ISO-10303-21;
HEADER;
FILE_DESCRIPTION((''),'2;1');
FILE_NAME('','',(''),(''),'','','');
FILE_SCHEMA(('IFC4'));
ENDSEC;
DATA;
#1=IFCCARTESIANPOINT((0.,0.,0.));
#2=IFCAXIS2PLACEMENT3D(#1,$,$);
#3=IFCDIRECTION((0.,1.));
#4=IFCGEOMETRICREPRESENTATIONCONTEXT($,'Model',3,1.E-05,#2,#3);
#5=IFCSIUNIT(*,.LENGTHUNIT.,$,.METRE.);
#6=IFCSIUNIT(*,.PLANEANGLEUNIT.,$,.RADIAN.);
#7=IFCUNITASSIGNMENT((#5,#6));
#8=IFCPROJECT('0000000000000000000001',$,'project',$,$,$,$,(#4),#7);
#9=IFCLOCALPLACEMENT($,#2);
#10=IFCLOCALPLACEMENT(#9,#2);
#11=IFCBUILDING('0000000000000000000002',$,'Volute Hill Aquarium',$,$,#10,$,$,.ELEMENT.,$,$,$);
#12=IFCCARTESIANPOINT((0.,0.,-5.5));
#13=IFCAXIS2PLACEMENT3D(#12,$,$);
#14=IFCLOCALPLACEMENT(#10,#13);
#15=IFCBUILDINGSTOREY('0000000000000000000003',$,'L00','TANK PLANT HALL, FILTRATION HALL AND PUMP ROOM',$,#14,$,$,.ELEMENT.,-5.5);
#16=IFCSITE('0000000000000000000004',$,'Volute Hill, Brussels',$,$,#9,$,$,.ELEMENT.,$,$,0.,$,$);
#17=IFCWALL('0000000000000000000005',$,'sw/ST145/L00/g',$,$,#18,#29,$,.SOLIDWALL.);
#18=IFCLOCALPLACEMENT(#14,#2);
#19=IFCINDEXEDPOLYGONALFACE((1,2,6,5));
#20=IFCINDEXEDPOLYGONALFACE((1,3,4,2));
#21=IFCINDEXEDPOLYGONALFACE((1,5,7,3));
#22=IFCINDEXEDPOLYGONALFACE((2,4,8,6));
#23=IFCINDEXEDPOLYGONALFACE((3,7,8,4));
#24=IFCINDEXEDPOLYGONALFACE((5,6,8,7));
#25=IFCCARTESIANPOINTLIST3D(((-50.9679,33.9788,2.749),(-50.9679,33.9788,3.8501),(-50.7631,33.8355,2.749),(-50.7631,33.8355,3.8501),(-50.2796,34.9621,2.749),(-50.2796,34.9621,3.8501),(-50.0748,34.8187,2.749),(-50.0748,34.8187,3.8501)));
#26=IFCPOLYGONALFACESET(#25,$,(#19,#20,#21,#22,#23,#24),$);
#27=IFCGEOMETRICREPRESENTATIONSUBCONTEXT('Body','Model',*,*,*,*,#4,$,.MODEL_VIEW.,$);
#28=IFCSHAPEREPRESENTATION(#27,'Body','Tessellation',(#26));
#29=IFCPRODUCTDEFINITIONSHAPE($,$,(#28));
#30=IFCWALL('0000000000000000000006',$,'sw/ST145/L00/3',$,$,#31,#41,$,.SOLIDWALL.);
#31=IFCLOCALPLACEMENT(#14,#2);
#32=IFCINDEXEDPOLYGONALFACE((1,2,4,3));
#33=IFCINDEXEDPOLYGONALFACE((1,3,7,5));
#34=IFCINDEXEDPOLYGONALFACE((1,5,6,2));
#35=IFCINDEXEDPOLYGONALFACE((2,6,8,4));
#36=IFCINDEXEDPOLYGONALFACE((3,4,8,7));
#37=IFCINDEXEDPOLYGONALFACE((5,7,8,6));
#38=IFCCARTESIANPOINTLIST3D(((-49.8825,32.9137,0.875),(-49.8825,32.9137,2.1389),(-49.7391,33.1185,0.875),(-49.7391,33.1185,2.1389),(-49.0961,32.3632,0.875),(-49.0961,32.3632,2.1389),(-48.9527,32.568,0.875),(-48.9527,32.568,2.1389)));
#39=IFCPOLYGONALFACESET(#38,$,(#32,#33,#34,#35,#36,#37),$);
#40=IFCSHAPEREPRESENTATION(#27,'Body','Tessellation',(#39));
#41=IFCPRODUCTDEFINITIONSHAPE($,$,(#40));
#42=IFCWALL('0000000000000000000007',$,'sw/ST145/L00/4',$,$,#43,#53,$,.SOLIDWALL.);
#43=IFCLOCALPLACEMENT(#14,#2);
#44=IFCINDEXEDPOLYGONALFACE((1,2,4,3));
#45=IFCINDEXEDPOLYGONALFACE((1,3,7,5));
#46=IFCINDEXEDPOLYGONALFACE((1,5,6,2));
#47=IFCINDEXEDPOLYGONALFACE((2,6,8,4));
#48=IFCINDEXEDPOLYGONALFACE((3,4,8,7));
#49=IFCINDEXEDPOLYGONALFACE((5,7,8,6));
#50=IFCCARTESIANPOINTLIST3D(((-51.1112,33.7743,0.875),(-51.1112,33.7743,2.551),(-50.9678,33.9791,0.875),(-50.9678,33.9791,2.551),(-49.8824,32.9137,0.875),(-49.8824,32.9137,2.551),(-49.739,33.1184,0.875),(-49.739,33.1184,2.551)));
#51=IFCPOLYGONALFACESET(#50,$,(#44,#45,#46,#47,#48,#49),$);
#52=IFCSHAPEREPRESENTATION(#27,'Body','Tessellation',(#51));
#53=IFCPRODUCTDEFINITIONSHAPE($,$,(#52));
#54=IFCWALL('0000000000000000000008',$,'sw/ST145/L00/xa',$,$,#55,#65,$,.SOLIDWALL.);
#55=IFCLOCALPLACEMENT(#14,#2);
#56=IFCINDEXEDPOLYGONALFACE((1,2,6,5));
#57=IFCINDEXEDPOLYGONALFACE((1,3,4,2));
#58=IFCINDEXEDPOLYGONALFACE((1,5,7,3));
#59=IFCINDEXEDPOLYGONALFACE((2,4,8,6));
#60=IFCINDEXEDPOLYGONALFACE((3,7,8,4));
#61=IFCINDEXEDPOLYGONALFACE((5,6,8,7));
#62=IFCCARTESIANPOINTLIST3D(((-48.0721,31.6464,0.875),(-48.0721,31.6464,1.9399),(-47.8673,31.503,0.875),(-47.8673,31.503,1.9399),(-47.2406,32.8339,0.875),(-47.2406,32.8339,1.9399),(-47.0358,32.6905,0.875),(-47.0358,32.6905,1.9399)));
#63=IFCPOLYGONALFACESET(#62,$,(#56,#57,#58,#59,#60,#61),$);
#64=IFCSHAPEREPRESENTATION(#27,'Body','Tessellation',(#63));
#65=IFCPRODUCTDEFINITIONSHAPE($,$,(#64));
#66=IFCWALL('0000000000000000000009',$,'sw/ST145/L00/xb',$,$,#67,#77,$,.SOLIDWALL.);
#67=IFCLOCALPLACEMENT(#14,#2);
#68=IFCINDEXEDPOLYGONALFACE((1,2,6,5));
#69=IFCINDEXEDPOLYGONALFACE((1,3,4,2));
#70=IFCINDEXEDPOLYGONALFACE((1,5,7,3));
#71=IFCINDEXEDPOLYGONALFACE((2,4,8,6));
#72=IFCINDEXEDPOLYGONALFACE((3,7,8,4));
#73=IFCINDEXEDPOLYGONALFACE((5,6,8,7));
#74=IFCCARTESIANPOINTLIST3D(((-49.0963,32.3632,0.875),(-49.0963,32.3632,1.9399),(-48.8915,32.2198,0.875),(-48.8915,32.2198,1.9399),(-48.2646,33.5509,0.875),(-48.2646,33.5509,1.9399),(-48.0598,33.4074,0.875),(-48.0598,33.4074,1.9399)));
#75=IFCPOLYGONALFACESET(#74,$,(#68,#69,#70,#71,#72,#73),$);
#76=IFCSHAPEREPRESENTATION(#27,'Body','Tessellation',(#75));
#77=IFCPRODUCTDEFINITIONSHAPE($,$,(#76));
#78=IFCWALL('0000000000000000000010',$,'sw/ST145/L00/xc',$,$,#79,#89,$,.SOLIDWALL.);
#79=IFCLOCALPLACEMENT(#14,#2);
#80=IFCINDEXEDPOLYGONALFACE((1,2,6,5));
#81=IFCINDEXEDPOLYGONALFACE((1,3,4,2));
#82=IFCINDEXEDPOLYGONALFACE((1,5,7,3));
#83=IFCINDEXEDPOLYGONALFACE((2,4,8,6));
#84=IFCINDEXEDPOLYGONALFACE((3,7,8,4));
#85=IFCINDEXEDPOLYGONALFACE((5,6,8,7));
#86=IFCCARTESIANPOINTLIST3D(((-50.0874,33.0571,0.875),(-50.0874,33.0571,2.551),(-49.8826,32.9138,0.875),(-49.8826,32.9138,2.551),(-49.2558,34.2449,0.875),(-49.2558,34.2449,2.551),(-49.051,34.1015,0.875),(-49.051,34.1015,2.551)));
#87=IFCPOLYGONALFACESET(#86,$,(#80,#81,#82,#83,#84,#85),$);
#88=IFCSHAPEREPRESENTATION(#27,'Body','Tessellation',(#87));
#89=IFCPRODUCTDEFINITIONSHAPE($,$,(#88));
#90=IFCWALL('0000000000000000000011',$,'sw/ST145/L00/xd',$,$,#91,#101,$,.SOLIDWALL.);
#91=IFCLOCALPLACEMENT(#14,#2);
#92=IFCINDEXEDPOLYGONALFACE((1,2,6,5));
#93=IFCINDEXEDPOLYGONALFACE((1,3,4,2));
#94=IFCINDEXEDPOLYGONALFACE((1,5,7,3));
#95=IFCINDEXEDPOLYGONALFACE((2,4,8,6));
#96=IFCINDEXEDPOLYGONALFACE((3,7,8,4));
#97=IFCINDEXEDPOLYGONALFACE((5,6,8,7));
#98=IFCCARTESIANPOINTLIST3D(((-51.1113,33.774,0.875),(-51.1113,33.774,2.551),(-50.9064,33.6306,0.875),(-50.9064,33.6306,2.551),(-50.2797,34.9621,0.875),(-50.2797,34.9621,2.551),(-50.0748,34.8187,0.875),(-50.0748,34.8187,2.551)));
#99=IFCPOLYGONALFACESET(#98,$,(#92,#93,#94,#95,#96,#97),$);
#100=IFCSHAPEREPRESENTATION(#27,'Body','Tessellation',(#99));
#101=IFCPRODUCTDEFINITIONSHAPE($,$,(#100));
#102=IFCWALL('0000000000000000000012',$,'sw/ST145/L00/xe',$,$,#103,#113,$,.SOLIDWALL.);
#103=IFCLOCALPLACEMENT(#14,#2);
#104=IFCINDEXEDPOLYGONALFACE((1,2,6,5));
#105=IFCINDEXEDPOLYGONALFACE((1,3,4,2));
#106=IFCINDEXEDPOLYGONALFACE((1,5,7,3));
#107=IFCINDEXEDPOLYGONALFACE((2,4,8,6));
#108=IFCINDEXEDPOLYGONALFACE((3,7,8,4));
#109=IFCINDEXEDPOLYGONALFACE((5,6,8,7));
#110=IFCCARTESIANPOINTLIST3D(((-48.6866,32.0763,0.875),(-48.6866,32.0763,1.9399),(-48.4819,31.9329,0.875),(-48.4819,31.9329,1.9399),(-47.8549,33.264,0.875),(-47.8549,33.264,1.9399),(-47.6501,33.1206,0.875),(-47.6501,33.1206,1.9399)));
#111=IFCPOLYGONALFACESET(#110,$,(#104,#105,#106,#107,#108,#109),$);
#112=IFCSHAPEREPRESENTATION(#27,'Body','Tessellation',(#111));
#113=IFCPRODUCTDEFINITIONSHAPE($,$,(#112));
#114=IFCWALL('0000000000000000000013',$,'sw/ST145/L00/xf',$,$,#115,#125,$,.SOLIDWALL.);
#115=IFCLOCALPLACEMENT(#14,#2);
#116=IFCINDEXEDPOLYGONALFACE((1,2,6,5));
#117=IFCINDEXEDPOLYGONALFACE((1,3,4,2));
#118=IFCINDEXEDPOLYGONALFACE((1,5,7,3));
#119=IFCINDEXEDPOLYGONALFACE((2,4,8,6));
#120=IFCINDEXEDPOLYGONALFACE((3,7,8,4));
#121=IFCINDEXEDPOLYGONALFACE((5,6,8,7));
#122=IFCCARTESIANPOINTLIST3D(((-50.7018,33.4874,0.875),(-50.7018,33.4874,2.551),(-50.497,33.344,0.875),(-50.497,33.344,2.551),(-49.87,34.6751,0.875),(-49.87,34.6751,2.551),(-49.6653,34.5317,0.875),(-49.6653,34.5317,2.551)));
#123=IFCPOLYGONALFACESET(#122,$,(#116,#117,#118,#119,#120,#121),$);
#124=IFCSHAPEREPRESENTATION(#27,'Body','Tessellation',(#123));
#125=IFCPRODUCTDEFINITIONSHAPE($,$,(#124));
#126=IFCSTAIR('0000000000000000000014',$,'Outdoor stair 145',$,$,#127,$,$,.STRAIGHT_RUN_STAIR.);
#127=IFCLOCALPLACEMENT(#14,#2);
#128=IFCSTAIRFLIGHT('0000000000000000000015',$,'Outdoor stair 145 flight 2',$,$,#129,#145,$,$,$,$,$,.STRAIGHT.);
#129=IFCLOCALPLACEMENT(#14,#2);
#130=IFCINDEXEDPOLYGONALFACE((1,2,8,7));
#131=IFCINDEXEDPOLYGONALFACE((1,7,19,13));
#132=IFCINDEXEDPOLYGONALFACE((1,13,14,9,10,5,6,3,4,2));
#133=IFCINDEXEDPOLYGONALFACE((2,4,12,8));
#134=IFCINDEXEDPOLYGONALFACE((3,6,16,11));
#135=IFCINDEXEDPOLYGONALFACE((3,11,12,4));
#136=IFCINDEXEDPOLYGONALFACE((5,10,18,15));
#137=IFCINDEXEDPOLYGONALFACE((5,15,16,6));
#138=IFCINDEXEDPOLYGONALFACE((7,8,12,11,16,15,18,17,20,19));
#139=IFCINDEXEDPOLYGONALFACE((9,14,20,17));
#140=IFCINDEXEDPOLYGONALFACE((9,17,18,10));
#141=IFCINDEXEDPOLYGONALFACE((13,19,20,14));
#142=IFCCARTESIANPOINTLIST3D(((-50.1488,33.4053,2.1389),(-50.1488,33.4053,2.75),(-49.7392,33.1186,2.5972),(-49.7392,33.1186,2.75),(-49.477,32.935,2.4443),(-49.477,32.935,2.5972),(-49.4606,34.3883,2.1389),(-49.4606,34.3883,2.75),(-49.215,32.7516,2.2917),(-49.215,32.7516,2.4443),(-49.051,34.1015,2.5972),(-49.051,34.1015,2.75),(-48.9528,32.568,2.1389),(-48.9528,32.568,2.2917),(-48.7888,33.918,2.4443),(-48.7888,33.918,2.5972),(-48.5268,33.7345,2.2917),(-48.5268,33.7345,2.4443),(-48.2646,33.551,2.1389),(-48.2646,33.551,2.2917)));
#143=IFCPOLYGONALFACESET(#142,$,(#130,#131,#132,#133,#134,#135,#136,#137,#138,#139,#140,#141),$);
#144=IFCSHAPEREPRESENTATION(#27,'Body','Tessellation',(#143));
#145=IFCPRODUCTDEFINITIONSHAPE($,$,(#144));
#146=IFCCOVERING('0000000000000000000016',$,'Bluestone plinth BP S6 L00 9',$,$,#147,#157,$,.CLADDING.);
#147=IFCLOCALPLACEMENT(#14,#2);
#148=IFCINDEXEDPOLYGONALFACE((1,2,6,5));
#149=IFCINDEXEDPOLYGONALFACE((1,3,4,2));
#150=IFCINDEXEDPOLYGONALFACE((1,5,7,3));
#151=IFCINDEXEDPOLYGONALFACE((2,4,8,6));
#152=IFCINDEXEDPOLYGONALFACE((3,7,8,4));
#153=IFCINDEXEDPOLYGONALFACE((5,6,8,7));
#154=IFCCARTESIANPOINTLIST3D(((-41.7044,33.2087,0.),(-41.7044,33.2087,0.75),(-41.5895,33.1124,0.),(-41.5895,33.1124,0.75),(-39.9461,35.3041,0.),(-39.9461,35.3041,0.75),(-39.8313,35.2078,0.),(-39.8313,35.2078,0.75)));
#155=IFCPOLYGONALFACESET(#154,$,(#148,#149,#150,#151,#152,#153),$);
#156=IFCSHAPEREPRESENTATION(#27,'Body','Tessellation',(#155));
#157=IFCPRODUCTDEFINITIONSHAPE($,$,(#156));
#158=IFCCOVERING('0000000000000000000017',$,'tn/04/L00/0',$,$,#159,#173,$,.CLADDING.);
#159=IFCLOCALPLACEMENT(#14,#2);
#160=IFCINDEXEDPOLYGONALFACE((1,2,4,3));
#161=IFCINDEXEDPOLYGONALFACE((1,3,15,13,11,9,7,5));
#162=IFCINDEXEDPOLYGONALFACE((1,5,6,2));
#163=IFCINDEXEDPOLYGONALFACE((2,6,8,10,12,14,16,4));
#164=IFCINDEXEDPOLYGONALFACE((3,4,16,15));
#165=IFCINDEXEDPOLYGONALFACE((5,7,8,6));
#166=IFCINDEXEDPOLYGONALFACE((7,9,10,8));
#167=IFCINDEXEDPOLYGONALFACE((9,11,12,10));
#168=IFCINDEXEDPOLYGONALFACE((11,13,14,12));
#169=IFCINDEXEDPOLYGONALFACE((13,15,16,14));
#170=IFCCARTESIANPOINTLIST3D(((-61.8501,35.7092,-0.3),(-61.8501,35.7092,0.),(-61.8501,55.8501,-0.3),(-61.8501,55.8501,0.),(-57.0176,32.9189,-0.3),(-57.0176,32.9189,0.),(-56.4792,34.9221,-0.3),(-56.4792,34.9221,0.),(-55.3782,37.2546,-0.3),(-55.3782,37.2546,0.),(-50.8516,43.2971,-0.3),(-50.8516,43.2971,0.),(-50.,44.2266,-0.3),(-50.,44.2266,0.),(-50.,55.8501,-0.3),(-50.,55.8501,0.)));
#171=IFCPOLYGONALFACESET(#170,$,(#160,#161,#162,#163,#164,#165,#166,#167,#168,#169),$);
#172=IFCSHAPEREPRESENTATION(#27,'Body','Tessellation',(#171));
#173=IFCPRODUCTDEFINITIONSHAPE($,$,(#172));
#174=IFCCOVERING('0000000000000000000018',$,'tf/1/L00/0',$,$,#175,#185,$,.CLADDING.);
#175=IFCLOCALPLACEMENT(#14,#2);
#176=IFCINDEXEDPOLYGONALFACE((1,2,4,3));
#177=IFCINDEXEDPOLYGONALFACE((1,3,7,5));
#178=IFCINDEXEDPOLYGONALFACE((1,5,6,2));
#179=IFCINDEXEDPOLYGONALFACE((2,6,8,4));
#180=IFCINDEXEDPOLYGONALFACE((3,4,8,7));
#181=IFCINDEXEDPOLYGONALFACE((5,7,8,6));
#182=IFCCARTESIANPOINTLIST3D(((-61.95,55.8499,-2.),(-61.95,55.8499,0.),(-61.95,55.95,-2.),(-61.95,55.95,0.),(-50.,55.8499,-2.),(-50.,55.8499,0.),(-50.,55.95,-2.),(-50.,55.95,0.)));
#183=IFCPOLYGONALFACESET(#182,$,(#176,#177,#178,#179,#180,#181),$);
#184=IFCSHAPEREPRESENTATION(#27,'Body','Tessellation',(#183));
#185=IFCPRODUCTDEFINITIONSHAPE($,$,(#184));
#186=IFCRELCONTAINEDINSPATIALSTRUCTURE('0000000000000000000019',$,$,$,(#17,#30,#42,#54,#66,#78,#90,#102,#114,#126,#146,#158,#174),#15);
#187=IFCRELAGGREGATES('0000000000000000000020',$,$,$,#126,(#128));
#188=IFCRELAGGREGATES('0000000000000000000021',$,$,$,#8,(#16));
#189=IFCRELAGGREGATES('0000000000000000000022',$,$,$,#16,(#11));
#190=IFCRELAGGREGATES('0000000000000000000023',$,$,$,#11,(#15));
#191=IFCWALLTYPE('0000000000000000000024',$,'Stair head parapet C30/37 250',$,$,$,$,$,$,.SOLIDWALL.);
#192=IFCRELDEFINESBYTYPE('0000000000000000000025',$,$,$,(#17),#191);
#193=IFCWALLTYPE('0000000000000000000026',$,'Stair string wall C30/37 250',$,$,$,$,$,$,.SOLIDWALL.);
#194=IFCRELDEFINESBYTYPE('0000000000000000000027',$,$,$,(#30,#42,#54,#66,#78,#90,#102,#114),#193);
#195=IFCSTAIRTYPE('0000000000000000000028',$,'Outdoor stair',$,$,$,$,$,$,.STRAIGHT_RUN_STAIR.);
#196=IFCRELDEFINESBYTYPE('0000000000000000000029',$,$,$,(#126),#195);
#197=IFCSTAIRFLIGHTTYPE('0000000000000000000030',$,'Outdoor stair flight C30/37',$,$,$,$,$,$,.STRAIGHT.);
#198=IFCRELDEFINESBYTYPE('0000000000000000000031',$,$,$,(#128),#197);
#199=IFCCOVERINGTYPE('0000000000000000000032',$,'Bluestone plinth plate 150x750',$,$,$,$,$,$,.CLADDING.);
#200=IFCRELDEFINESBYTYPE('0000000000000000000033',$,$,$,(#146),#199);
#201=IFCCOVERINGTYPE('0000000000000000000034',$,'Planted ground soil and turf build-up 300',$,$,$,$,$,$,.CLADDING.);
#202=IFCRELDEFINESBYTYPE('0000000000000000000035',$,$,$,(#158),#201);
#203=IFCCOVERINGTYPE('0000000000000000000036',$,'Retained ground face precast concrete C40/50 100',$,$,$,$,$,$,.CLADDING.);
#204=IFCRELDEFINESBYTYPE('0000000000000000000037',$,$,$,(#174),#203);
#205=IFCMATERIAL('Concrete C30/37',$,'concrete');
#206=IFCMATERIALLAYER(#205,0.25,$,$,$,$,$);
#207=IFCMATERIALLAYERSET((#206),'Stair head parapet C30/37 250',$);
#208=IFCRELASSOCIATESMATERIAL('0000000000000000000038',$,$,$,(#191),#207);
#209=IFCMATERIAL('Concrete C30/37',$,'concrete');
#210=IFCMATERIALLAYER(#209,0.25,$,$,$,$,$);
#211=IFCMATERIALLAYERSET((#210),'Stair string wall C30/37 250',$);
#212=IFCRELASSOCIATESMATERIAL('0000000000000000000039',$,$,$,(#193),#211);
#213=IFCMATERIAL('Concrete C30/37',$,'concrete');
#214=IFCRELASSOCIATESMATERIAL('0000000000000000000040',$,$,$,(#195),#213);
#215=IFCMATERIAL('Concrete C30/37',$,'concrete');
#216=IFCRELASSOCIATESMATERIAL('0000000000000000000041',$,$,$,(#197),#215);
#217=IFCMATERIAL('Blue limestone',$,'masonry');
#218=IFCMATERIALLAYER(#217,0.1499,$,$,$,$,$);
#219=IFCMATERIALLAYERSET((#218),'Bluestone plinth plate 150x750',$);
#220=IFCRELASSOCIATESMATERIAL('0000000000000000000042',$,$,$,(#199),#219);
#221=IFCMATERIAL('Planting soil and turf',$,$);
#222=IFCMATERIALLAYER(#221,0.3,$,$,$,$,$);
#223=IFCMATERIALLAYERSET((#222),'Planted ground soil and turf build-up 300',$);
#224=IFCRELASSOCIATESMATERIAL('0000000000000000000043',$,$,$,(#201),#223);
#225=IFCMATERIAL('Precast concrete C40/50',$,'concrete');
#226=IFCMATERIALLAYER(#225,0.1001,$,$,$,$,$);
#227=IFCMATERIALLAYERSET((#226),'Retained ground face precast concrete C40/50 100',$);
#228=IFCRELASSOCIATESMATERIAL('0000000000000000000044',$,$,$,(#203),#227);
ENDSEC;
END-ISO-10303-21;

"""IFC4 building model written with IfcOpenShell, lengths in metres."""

from ifc_helpers import new_model, si_unit, direction, frame, frame_2d, origin, origin_2d, place, context, subcontext, project, spatial, polyline, rectangle, outline, extrude, material, layer, layer_set, type_object, element, aggregate, save


model = new_model("IFC4")

# Units and contexts
model_context = context("Model", 3, precision=1e-05, world=origin(), true_north=direction((0.0, 1.0)))
body_context = subcontext(model_context, "Body", "Model", "MODEL_VIEW")
ifc_project = project(units=[si_unit("LENGTHUNIT", "METRE"), si_unit("PLANEANGLEUNIT", "RADIAN")], contexts=[model_context])

# Site, building, storey
site_placement = place(None, origin())
site = spatial("IfcSite", under=ifc_project, at=site_placement, Name="Volute Hill, Brussels", CompositionType="ELEMENT", RefElevation=0.0)
building_placement = place(site_placement, origin())
building = spatial("IfcBuilding", under=site, at=building_placement, Name="Volute Hill Aquarium", CompositionType="ELEMENT")
storey_placement = place(building_placement, frame((0.0, 0.0, -5.5)))
storey = spatial("IfcBuildingStorey", under=building, at=storey_placement, Name="L00", Description="TANK PLANT HALL, FILTRATION HALL AND PUMP ROOM", CompositionType="ELEMENT", Elevation=-5.5)

# Walls
ifc_material_1 = material(Name="Concrete C30/37", Category="concrete")
ifc_layer_1 = layer(ifc_material_1, 0.25)
ifc_layer_set_1 = layer_set([ifc_layer_1], Name="Stair head parapet C30/37 250")
wall_type_1 = type_object("IfcWallType", Name="Stair head parapet C30/37 250", PredefinedType="SOLIDWALL", material=ifc_layer_set_1)
wall_1_placement = place(storey_placement, frame((-50.1772, 34.8904, 2.749), z_axis=(0.0, 0.0, 1.0), x_axis=(-0.573476, -0.819222, 0.0)))
element("IfcWall", 1, at=wall_1_placement, inside=storey, type_object=wall_type_1, Name="sw/ST145/L00/g", PredefinedType="SOLIDWALL", context=body_context, shape_type="SweptSolid", body=[
    extrude(rectangle(XDim=1.2002, YDim=0.25, at=frame_2d((0.6001, 0.0))), origin(), (0.0, 0.0, 1.0), 1.1011),
])
ifc_material_2 = material(Name="Concrete C30/37", Category="concrete")
ifc_layer_2 = layer(ifc_material_2, 0.25)
ifc_layer_set_2 = layer_set([ifc_layer_2], Name="Stair string wall C30/37 250")
wall_type_2 = type_object("IfcWallType", Name="Stair string wall C30/37 250", PredefinedType="SOLIDWALL", material=ifc_layer_set_2)
wall_2_placement = place(storey_placement, frame((-49.0244, 32.4656, 0.875), z_axis=(0.0, 0.0, 1.0), x_axis=(-0.819196, 0.573514, 0.0)))
element("IfcWall", 2, at=wall_2_placement, inside=storey, type_object=wall_type_2, Name="sw/ST145/L00/3", PredefinedType="SOLIDWALL", context=body_context, shape_type="SweptSolid", body=[
    extrude(rectangle(XDim=0.96, YDim=0.25, at=frame_2d((0.48, 0.0))), origin(), (0.0, 0.0, 1.0), 1.2639),
])
wall_3_placement = place(storey_placement, frame((-49.8108, 33.0161, 0.875), z_axis=(0.0, 0.0, 1.0), x_axis=(-0.819087, 0.57367, 0.0)))
element("IfcWall", 3, at=wall_3_placement, inside=storey, type_object=wall_type_2, Name="sw/ST145/L00/4", PredefinedType="SOLIDWALL", context=body_context, shape_type="SweptSolid", body=[
    extrude(rectangle(XDim=1.5002, YDim=0.25, at=frame_2d((0.75, 0.0))), origin(), (0.0, 0.0, 1.0), 1.676),
])
wall_4_placement = place(storey_placement, frame((-47.1382, 32.7622, 0.875), z_axis=(0.0, 0.0, 1.0), x_axis=(-0.573598, -0.819137, 0.0)))
element("IfcWall", 4, at=wall_4_placement, inside=storey, type_object=wall_type_2, Name="sw/ST145/L00/xa", PredefinedType="SOLIDWALL", context=body_context, shape_type="SweptSolid", body=[
    extrude(rectangle(XDim=1.4497, YDim=0.25, at=frame_2d((0.7249, 0.0))), origin(), (0.0, 0.0, 1.0), 1.0649),
])
wall_5_placement = place(storey_placement, frame((-48.1621, 33.4792, 0.875), z_axis=(0.0, 0.0, 1.0), x_axis=(-0.573632, -0.819113, 0.0)))
element("IfcWall", 5, at=wall_5_placement, inside=storey, type_object=wall_type_2, Name="sw/ST145/L00/xb", PredefinedType="SOLIDWALL", context=body_context, shape_type="SweptSolid", body=[
    extrude(rectangle(XDim=1.45, YDim=0.25, at=frame_2d((0.7251, 0.0))), origin(), (0.0, 0.0, 1.0), 1.0649),
])
wall_6_placement = place(storey_placement, frame((-49.1533, 34.1733, 0.875), z_axis=(0.0, 0.0, 1.0), x_axis=(-0.573519, -0.819192, 0.0)))
element("IfcWall", 6, at=wall_6_placement, inside=storey, type_object=wall_type_2, Name="sw/ST145/L00/xc", PredefinedType="SOLIDWALL", context=body_context, shape_type="SweptSolid", body=[
    extrude(rectangle(XDim=1.45, YDim=0.25, at=frame_2d((0.7251, 0.0))), origin(), (0.0, 0.0, 1.0), 1.676),
])
wall_7_placement = place(storey_placement, frame((-50.1772, 34.8904, 0.875), z_axis=(0.0, 0.0, 1.0), x_axis=(-0.57344, -0.819248, 0.0)))
element("IfcWall", 7, at=wall_7_placement, inside=storey, type_object=wall_type_2, Name="sw/ST145/L00/xd", PredefinedType="SOLIDWALL", context=body_context, shape_type="SweptSolid", body=[
    extrude(rectangle(XDim=1.4502, YDim=0.25, at=frame_2d((0.7251, 0.0))), origin(), (0.0, 0.0, 1.0), 1.676),
])
wall_8_placement = place(storey_placement, frame((-47.7524, 33.1924, 0.875), z_axis=(0.0, 0.0, 1.0), x_axis=(-0.573632, -0.819113, 0.0)))
element("IfcWall", 8, at=wall_8_placement, inside=storey, type_object=wall_type_2, Name="sw/ST145/L00/xe", PredefinedType="SOLIDWALL", context=body_context, shape_type="SweptSolid", body=[
    extrude(rectangle(XDim=1.45, YDim=0.25, at=frame_2d((0.7251, 0.0))), origin(), (0.0, 0.0, 1.0), 1.0649),
])
wall_9_placement = place(storey_placement, frame((-49.7676, 34.6035, 0.875), z_axis=(0.0, 0.0, 1.0), x_axis=(-0.573632, -0.819113, 0.0)))
element("IfcWall", 9, at=wall_9_placement, inside=storey, type_object=wall_type_2, Name="sw/ST145/L00/xf", PredefinedType="SOLIDWALL", context=body_context, shape_type="SweptSolid", body=[
    extrude(rectangle(XDim=1.45, YDim=0.25, at=frame_2d((0.7251, 0.0))), origin(), (0.0, 0.0, 1.0), 1.676),
])

# Stair, stair flight
ifc_material_3 = material(Name="Concrete C30/37", Category="concrete")
stair_type = type_object("IfcStairType", Name="Outdoor stair", PredefinedType="STRAIGHT_RUN_STAIR", material=ifc_material_3)
stair_placement = place(storey_placement, origin())
stair = element("IfcStair", 10, at=stair_placement, inside=storey, type_object=stair_type, Name="Outdoor stair 145", PredefinedType="STRAIGHT_RUN_STAIR")
ifc_material_4 = material(Name="Concrete C30/37", Category="concrete")
stair_flight_type = type_object("IfcStairFlightType", Name="Outdoor stair flight C30/37", PredefinedType="STRAIGHT", material=ifc_material_4)
stair_flight_placement = place(storey_placement, frame((-48.6086, 33.0596, 2.1389), z_axis=(0.0, 0.0, 1.0), x_axis=(-0.819177, 0.573541, 0.0)))
stair_flight = element("IfcStairFlight", 11, at=stair_flight_placement, type_object=stair_flight_type, Name="Outdoor stair 145 flight 2", PredefinedType="STRAIGHT", context=body_context, shape_type="SweptSolid", body=[
    extrude(outline(polyline([(0.0, 0.0), (1.46, 0.0), (1.46, 0.6111), (0.96, 0.6111), (0.96, 0.4583), (0.6399, 0.4583), (0.6399, 0.3054), (0.3201, 0.3054), (0.3201, 0.1528), (0.0, 0.1528), (0.0, 0.0), (0.0, 0.0)])), frame((0.0, 0.6001, 0.0), z_axis=(0.0, -1.0, 0.0), x_axis=(1.0, 0.0, 0.0)), (0.0, 0.0, 1.0), 1.2),
])
aggregate(stair, [stair_flight])

# Coverings
ifc_material_5 = material(Name="Blue limestone", Category="masonry")
ifc_layer_3 = layer(ifc_material_5, 0.1499)
ifc_layer_set_3 = layer_set([ifc_layer_3], Name="Bluestone plinth plate 150x750")
covering_type_1 = type_object("IfcCoveringType", Name="Bluestone plinth plate 150x750", PredefinedType="CLADDING", material=ifc_layer_set_3)
covering_1_placement = place(storey_placement, frame((-40.7678, 34.2083, 0.0), z_axis=(0.0, 0.0, 1.0), x_axis=(-0.642788, -0.766044, 0.0)))
element("IfcCovering", 12, at=covering_1_placement, inside=storey, type_object=covering_type_1, Name="Bluestone plinth BP S6 L00 9", PredefinedType="CLADDING", context=body_context, shape_type="SweptSolid", body=[
    extrude(rectangle(XDim=2.7354, YDim=0.1499, at=origin_2d()), origin(), (0.0, 0.0, 1.0), 0.75),
])
ifc_material_6 = material(Name="Planting soil and turf")
ifc_layer_4 = layer(ifc_material_6, 0.3)
ifc_layer_set_4 = layer_set([ifc_layer_4], Name="Planted ground soil and turf build-up 300")
covering_type_2 = type_object("IfcCoveringType", Name="Planted ground soil and turf build-up 300", PredefinedType="CLADDING", material=ifc_layer_set_4)
covering_2_placement = place(storey_placement, frame((-50.0, 44.2266, 0.0), z_axis=(0.0, 0.0, 1.0), x_axis=(0.0, 1.0, 0.0)))
element("IfcCovering", 13, at=covering_2_placement, inside=storey, type_object=covering_type_2, Name="tn/04/L00/0", PredefinedType="CLADDING", context=body_context, shape_type="SweptSolid", body=[
    extrude(outline(polyline([(0.0, 0.0), (11.6235, 0.0), (11.6235, 11.8501), (-8.5173, 11.8501), (-11.3076, 7.0176), (-9.3044, 6.4792), (-6.9719, 5.3782), (-0.9294, 0.8516), (0.0, 0.0)])), origin(), (0.0, 0.0, -1.0), 0.3),
])
ifc_material_7 = material(Name="Precast concrete C40/50", Category="concrete")
ifc_layer_5 = layer(ifc_material_7, 0.1001)
ifc_layer_set_5 = layer_set([ifc_layer_5], Name="Retained ground face precast concrete C40/50 100")
covering_type_3 = type_object("IfcCoveringType", Name="Retained ground face precast concrete C40/50 100", PredefinedType="CLADDING", material=ifc_layer_set_5)
covering_3_placement = place(storey_placement, frame((-50.0, 55.95, -2.0), z_axis=(0.0, 1.0, 0.0), x_axis=(-1.0, 0.0, 0.0)))
element("IfcCovering", 14, at=covering_3_placement, inside=storey, type_object=covering_type_3, Name="tf/1/L00/0", PredefinedType="CLADDING", context=body_context, shape_type="SweptSolid", body=[
    extrude(outline(polyline([(0.0, 0.0), (11.95, 0.0), (11.95, 2.0), (0.0, 2.0), (0.0, 0.0)])), origin(), (0.0, 0.0, -1.0), 0.1001),
])

save(model, "model.ifc")
